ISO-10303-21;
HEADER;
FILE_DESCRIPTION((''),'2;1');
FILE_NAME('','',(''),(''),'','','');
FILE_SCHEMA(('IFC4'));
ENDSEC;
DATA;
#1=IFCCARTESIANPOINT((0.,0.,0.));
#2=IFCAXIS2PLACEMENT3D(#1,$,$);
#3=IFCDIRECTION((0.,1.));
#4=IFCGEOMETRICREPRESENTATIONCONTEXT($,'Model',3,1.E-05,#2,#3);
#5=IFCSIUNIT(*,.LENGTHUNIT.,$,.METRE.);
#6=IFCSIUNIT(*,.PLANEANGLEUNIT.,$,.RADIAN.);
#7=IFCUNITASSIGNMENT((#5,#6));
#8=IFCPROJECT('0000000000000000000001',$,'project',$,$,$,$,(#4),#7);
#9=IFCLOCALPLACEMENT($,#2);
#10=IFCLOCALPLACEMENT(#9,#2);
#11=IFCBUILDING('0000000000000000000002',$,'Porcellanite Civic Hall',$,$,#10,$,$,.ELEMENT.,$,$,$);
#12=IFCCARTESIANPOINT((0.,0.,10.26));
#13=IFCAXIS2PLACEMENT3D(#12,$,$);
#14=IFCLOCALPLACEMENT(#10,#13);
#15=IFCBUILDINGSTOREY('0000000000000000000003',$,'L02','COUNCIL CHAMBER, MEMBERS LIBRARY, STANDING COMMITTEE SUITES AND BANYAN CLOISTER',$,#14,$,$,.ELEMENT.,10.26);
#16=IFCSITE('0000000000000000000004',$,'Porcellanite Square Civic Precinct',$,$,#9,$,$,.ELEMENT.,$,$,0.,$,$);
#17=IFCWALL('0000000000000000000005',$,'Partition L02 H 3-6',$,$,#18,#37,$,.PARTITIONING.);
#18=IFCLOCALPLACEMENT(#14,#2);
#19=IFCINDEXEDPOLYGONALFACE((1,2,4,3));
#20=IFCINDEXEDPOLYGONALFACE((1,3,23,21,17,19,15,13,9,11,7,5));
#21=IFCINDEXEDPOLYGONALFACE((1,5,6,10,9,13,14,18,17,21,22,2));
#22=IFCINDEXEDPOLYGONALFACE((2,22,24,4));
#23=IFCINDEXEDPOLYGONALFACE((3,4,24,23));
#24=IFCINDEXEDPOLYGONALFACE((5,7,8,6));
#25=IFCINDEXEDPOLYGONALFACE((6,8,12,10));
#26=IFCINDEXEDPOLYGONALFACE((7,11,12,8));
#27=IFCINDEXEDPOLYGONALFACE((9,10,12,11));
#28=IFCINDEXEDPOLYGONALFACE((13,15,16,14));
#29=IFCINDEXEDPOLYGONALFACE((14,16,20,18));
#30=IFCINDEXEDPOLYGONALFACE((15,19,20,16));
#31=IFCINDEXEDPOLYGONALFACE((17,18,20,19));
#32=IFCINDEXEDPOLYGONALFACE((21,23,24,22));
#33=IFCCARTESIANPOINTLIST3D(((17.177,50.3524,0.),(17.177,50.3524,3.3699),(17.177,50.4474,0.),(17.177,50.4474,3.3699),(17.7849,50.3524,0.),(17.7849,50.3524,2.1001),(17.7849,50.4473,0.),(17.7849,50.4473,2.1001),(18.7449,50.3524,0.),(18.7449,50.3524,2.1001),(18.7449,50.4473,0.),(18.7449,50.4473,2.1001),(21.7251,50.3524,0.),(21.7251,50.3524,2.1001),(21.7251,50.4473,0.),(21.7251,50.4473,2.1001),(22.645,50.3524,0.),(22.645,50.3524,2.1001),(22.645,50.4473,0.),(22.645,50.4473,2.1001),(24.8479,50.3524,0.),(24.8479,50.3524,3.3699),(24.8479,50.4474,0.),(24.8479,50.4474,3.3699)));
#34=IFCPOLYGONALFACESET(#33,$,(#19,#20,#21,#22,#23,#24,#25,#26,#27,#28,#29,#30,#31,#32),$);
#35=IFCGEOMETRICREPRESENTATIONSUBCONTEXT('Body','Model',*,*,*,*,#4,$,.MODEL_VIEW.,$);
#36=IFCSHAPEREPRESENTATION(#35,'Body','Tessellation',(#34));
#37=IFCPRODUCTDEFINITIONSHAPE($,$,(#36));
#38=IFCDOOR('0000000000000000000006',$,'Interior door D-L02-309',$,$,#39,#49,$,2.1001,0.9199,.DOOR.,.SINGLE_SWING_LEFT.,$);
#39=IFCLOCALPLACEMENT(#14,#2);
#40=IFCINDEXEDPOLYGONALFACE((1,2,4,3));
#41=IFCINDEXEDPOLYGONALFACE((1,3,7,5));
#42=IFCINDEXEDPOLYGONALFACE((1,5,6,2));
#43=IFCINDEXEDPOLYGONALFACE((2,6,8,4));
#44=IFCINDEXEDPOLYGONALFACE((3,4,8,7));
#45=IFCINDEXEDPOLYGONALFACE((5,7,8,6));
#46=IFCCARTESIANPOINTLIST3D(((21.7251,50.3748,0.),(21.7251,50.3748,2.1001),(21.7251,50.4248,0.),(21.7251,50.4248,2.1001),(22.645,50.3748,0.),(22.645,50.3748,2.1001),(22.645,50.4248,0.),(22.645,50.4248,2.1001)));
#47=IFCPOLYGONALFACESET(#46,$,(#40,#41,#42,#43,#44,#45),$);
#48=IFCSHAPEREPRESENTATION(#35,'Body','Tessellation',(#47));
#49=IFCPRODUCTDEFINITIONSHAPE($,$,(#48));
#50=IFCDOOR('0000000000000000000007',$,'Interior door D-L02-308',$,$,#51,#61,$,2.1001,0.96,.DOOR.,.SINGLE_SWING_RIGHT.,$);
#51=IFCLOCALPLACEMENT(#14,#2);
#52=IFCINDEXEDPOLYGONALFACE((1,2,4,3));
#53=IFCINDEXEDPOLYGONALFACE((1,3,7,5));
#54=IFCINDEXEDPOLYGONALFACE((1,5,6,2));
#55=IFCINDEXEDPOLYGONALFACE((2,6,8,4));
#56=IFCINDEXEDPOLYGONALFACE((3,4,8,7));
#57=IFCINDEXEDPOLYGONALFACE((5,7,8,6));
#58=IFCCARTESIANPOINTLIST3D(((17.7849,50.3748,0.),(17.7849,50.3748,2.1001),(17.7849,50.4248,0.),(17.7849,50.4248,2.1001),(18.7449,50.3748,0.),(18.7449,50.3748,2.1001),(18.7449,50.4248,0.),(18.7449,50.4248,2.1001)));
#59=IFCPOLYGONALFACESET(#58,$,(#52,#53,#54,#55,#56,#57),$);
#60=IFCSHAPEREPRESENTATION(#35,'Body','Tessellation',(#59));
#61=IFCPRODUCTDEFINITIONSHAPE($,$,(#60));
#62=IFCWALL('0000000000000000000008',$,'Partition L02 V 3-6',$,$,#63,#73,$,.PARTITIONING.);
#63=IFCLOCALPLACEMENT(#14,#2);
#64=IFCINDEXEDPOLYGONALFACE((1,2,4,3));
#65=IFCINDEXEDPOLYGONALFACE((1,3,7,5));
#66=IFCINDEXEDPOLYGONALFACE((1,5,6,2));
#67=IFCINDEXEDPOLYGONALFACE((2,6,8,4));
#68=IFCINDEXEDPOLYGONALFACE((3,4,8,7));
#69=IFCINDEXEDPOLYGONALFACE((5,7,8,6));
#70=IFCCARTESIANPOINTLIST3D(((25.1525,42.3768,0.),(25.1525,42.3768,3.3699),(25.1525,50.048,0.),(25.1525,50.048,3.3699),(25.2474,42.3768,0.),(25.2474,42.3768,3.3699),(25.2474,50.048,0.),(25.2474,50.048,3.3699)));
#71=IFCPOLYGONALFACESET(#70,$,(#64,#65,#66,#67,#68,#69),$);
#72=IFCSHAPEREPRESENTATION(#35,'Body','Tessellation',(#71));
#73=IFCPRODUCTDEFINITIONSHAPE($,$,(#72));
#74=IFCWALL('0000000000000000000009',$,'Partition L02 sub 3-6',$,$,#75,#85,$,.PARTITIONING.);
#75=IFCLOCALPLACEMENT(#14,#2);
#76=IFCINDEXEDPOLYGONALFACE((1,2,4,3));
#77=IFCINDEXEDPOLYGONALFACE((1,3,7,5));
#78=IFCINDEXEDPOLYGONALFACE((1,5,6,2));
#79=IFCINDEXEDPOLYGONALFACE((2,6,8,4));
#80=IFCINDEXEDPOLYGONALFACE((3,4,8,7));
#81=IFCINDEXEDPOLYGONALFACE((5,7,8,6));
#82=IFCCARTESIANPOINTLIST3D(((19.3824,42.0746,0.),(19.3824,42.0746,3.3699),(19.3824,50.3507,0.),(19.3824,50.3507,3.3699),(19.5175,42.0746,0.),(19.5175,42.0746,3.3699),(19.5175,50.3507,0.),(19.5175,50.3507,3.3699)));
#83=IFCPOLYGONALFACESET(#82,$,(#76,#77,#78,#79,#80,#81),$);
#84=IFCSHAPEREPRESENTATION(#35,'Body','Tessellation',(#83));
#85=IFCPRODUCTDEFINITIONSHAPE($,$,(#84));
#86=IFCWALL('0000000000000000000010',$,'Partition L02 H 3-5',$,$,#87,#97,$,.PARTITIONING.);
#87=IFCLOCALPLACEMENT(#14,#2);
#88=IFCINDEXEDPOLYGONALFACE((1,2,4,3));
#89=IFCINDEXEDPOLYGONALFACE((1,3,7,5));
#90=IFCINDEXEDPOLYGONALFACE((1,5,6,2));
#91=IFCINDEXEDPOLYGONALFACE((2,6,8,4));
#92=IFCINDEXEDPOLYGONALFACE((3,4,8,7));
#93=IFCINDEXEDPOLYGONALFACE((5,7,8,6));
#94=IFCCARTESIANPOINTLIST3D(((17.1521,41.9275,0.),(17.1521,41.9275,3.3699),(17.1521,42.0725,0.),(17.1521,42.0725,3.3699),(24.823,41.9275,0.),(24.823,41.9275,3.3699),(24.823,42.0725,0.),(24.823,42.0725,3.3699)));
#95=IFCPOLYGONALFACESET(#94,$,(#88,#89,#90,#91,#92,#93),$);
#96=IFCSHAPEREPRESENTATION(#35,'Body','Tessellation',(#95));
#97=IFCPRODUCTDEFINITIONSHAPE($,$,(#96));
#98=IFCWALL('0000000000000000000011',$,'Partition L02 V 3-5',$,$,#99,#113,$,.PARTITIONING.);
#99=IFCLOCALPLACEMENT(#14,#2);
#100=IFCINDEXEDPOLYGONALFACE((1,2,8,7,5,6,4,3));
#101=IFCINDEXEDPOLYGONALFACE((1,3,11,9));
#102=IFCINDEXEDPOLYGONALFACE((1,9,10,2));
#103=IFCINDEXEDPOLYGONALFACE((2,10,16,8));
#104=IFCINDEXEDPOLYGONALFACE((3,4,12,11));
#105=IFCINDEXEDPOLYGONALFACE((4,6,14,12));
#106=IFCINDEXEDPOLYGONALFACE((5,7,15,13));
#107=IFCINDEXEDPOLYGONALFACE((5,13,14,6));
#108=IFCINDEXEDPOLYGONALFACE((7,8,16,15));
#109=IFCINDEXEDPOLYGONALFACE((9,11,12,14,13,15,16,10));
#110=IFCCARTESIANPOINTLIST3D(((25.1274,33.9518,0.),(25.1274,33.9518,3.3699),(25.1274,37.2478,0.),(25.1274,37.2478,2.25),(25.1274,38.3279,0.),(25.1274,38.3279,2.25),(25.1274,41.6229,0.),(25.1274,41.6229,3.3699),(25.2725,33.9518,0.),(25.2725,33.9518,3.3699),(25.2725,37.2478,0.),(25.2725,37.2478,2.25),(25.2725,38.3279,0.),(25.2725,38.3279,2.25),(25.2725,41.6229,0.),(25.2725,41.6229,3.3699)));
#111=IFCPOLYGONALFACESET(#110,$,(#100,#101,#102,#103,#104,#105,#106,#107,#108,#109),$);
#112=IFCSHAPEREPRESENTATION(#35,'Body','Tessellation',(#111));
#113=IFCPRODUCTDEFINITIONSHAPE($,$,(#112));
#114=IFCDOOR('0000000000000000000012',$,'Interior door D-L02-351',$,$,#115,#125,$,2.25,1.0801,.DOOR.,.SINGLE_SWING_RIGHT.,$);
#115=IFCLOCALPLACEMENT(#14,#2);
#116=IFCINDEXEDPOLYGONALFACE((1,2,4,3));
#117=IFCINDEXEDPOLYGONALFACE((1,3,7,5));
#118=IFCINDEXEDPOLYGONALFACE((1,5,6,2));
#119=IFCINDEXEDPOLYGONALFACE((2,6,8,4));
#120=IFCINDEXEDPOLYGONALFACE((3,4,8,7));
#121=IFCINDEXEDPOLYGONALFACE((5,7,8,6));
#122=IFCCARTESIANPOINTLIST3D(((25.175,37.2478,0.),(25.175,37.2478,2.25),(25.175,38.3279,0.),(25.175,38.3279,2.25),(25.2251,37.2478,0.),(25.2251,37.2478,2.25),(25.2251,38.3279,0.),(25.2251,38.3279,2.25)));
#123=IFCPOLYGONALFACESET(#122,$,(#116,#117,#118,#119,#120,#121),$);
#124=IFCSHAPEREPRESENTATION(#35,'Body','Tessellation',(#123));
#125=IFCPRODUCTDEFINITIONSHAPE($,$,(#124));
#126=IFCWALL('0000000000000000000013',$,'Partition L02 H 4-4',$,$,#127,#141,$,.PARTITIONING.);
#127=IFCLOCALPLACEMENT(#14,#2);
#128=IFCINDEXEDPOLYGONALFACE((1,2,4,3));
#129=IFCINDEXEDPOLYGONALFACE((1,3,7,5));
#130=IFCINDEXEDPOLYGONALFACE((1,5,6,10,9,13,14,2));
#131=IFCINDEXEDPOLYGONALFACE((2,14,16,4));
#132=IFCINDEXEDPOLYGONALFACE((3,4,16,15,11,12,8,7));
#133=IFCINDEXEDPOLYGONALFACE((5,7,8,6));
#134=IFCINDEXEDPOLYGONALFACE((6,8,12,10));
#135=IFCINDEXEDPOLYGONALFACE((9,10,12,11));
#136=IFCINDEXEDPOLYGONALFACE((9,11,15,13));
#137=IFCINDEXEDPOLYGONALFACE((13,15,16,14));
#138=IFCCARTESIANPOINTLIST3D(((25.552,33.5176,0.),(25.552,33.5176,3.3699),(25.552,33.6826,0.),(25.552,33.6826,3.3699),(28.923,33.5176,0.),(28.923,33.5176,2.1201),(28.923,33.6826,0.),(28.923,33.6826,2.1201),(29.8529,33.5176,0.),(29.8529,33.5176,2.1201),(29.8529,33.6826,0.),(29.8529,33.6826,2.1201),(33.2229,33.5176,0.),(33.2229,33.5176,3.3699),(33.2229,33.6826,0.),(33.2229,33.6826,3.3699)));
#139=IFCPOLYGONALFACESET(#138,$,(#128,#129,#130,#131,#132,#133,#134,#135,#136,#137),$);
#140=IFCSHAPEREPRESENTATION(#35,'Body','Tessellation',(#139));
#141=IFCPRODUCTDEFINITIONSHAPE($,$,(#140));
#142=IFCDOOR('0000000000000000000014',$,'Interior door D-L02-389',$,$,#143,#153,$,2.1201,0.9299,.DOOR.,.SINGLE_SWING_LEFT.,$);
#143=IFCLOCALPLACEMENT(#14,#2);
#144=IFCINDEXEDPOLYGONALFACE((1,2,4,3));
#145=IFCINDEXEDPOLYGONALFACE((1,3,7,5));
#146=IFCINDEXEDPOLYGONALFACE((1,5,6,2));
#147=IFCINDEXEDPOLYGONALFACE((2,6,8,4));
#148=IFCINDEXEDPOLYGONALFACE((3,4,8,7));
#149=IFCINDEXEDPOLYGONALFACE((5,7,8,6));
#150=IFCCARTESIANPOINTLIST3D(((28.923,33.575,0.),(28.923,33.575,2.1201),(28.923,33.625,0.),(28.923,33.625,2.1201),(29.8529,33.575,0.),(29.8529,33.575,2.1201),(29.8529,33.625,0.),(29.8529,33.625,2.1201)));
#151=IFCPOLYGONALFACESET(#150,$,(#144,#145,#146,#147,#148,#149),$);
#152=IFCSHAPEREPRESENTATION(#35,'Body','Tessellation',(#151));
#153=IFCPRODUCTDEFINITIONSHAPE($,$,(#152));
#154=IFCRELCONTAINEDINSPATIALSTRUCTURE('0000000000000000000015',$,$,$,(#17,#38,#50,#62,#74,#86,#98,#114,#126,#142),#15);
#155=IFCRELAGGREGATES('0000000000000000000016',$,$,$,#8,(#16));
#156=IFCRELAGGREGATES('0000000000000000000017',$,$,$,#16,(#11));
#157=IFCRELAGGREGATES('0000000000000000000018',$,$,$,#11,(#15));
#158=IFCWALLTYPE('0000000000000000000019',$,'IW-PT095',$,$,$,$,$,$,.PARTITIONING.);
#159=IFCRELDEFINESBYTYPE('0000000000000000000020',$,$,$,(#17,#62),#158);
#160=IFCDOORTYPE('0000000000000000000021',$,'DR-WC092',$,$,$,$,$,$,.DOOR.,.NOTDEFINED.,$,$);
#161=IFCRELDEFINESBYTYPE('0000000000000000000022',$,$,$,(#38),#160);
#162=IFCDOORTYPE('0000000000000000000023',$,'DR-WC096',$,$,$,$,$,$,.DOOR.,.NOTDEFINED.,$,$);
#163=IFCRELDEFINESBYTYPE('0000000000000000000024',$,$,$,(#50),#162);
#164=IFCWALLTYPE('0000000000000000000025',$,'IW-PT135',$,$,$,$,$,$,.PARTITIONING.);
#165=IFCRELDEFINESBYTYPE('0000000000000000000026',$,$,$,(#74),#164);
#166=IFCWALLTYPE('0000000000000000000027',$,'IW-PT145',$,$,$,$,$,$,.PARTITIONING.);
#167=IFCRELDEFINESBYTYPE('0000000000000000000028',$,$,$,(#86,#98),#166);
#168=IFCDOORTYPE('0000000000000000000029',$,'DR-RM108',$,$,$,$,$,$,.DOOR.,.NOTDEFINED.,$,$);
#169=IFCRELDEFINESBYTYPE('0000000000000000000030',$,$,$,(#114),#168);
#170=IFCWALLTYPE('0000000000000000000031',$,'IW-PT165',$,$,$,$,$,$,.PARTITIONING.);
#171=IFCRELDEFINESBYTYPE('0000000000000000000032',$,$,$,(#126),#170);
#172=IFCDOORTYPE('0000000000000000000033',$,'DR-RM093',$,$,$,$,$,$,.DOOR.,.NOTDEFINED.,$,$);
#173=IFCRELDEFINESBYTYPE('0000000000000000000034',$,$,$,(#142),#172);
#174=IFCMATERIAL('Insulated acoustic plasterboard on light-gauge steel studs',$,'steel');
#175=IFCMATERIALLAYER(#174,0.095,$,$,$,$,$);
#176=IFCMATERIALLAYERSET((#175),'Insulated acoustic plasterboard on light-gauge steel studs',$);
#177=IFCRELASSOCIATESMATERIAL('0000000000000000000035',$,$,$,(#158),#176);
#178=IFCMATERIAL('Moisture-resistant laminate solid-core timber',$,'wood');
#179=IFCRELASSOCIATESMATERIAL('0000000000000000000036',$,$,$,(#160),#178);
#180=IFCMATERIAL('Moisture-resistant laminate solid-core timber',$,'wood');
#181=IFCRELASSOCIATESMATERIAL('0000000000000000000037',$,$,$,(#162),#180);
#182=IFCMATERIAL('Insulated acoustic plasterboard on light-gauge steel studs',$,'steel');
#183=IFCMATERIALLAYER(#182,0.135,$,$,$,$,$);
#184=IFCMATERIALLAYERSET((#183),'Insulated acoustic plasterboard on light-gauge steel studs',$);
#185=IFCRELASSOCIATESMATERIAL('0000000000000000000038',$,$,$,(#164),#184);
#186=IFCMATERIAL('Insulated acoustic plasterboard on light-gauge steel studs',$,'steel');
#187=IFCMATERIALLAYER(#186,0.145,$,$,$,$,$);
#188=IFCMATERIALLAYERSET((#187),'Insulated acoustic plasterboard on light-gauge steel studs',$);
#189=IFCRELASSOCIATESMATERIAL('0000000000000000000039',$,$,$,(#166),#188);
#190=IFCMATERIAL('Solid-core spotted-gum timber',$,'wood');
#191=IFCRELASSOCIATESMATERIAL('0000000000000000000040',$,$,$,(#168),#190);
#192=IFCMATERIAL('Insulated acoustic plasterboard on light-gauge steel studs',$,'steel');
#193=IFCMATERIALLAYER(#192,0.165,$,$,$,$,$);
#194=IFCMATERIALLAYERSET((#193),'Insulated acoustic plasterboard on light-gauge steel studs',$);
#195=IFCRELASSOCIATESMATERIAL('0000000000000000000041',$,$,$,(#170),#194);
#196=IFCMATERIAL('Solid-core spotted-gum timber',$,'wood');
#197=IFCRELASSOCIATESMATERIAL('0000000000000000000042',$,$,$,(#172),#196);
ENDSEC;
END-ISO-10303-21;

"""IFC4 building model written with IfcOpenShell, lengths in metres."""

from ifc_helpers import new_model, si_unit, direction, frame, frame_2d, origin, place, context, subcontext, project, spatial, rectangle, extrude, material, layer, layer_set, type_object, element, fill, save


model = new_model("IFC4")

# Units and contexts
model_context = context("Model", 3, precision=1e-05, world=origin(), true_north=direction((0.0, 1.0)))
body_context = subcontext(model_context, "Body", "Model", "MODEL_VIEW")
ifc_project = project(units=[si_unit("LENGTHUNIT", "METRE"), si_unit("PLANEANGLEUNIT", "RADIAN")], contexts=[model_context])

# Site, building, storey
site_placement = place(None, origin())
site = spatial("IfcSite", under=ifc_project, at=site_placement, Name="Porcellanite Square Civic Precinct", CompositionType="ELEMENT", RefElevation=0.0)
building_placement = place(site_placement, origin())
building = spatial("IfcBuilding", under=site, at=building_placement, Name="Porcellanite Civic Hall", CompositionType="ELEMENT")
storey_placement = place(building_placement, frame((0.0, 0.0, 10.26)))
storey = spatial("IfcBuildingStorey", under=building, at=storey_placement, Name="L02", Description="COUNCIL CHAMBER, MEMBERS LIBRARY, STANDING COMMITTEE SUITES AND BANYAN CLOISTER", CompositionType="ELEMENT", Elevation=10.26)

# Wall, openings, doors
ifc_material_1 = material(Name="Insulated acoustic plasterboard on light-gauge steel studs", Category="steel")
ifc_layer_1 = layer(ifc_material_1, 0.095)
ifc_layer_set_1 = layer_set([ifc_layer_1], Name="Insulated acoustic plasterboard on light-gauge steel studs")
wall_type_1 = type_object("IfcWallType", Name="IW-PT095", PredefinedType="PARTITIONING", material=ifc_layer_set_1)
wall_1_placement = place(storey_placement, frame((17.177, 50.3999, 0.0), z_axis=(0.0, 0.0, 1.0), x_axis=(1.0, 0.0, 0.0)))
wall_1 = element("IfcWall", 1, at=wall_1_placement, inside=storey, type_object=wall_type_1, Name="Partition L02 H 3-6", PredefinedType="PARTITIONING", context=body_context, shape_type="SweptSolid", body=[
    extrude(rectangle(XDim=7.6709, YDim=0.095, at=frame_2d((3.8354, 0.0))), origin(), (0.0, 0.0, 1.0), 3.3699),
])
opening_1_placement = place(wall_1_placement, frame((0.6079, 0.0, 0.0)))
opening_1 = element("IfcOpeningElement", 2, at=opening_1_placement, cuts=wall_1, PredefinedType="OPENING", context=body_context, shape_type="SweptSolid", body=[
    extrude(rectangle(XDim=0.96, YDim=2.1001, at=frame_2d((0.48, 1.05))), frame((0.0, 0.0474, 0.0), z_axis=(0.0, -1.0, 0.0), x_axis=(1.0, 0.0, 0.0)), (0.0, 0.0, 1.0), 0.095),
])
opening_2_placement = place(wall_1_placement, frame((4.5481, 0.0, 0.0)))
opening_2 = element("IfcOpeningElement", 3, at=opening_2_placement, cuts=wall_1, PredefinedType="OPENING", context=body_context, shape_type="SweptSolid", body=[
    extrude(rectangle(XDim=0.9199, YDim=2.1001, at=frame_2d((0.46, 1.05))), frame((0.0, 0.0474, 0.0), z_axis=(0.0, -1.0, 0.0), x_axis=(1.0, 0.0, 0.0)), (0.0, 0.0, 1.0), 0.095),
])
ifc_material_2 = material(Name="Moisture-resistant laminate solid-core timber", Category="wood")
door_type_1 = type_object("IfcDoorType", Name="DR-WC092", OperationType="NOTDEFINED", PredefinedType="DOOR", material=ifc_material_2)
door_1_placement = place(opening_2_placement, origin())
door_1 = element("IfcDoor", 4, at=door_1_placement, inside=storey, type_object=door_type_1, Name="Interior door D-L02-309", OperationType="SINGLE_SWING_LEFT", OverallHeight=2.1001, OverallWidth=0.9199, PredefinedType="DOOR", context=body_context, shape_type="SweptSolid", body=[
    extrude(rectangle(XDim=0.9199, YDim=2.1001, at=frame_2d((0.46, 1.05))), frame((0.0, 0.0249, 0.0), z_axis=(0.0, -1.0, 0.0), x_axis=(1.0, 0.0, 0.0)), (0.0, 0.0, 1.0), 0.05),
])
fill(opening_2, door_1)
ifc_material_3 = material(Name="Moisture-resistant laminate solid-core timber", Category="wood")
door_type_2 = type_object("IfcDoorType", Name="DR-WC096", OperationType="NOTDEFINED", PredefinedType="DOOR", material=ifc_material_3)
door_2_placement = place(opening_1_placement, origin())
door_2 = element("IfcDoor", 5, at=door_2_placement, inside=storey, type_object=door_type_2, Name="Interior door D-L02-308", OperationType="SINGLE_SWING_RIGHT", OverallHeight=2.1001, OverallWidth=0.96, PredefinedType="DOOR", context=body_context, shape_type="SweptSolid", body=[
    extrude(rectangle(XDim=0.96, YDim=2.1001, at=frame_2d((0.48, 1.05))), frame((0.0, 0.0249, 0.0), z_axis=(0.0, -1.0, 0.0), x_axis=(1.0, 0.0, 0.0)), (0.0, 0.0, 1.0), 0.05),
])
fill(opening_1, door_2)

# Wall
wall_2_placement = place(storey_placement, frame((25.2, 42.377, 0.0), z_axis=(0.0, 0.0, 1.0), x_axis=(0.0, 1.0, 0.0)))
element("IfcWall", 6, at=wall_2_placement, inside=storey, type_object=wall_type_1, Name="Partition L02 V 3-6", PredefinedType="PARTITIONING", context=body_context, shape_type="SweptSolid", body=[
    extrude(rectangle(XDim=7.6711, YDim=0.095, at=frame_2d((3.8354, 0.0))), origin(), (0.0, 0.0, 1.0), 3.3699),
])

# Walls
ifc_material_4 = material(Name="Insulated acoustic plasterboard on light-gauge steel studs", Category="steel")
ifc_layer_2 = layer(ifc_material_4, 0.135)
ifc_layer_set_2 = layer_set([ifc_layer_2], Name="Insulated acoustic plasterboard on light-gauge steel studs")
wall_type_2 = type_object("IfcWallType", Name="IW-PT135", PredefinedType="PARTITIONING", material=ifc_layer_set_2)
wall_3_placement = place(storey_placement, frame((19.45, 42.0745, 0.0), z_axis=(0.0, 0.0, 1.0), x_axis=(0.0, 1.0, 0.0)))
element("IfcWall", 7, at=wall_3_placement, inside=storey, type_object=wall_type_2, Name="Partition L02 sub 3-6", PredefinedType="PARTITIONING", context=body_context, shape_type="SweptSolid", body=[
    extrude(rectangle(XDim=8.2761, YDim=0.135, at=frame_2d((4.1382, 0.0))), origin(), (0.0, 0.0, 1.0), 3.3699),
])
ifc_material_5 = material(Name="Insulated acoustic plasterboard on light-gauge steel studs", Category="steel")
ifc_layer_3 = layer(ifc_material_5, 0.145)
ifc_layer_set_3 = layer_set([ifc_layer_3], Name="Insulated acoustic plasterboard on light-gauge steel studs")
wall_type_3 = type_object("IfcWallType", Name="IW-PT145", PredefinedType="PARTITIONING", material=ifc_layer_set_3)
wall_4_placement = place(storey_placement, frame((17.1521, 42.0, 0.0), z_axis=(0.0, 0.0, 1.0), x_axis=(1.0, 0.0, 0.0)))
element("IfcWall", 8, at=wall_4_placement, inside=storey, type_object=wall_type_3, Name="Partition L02 H 3-5", PredefinedType="PARTITIONING", context=body_context, shape_type="SweptSolid", body=[
    extrude(rectangle(XDim=7.6709, YDim=0.145, at=frame_2d((3.8354, 0.0))), origin(), (0.0, 0.0, 1.0), 3.3699),
])

# Walls, openings, doors
wall_5_placement = place(storey_placement, frame((25.2, 33.9519, 0.0), z_axis=(0.0, 0.0, 1.0), x_axis=(0.0, 1.0, 0.0)))
wall_5 = element("IfcWall", 9, at=wall_5_placement, inside=storey, type_object=wall_type_3, Name="Partition L02 V 3-5", PredefinedType="PARTITIONING", context=body_context, shape_type="SweptSolid", body=[
    extrude(rectangle(XDim=7.6711, YDim=0.145, at=frame_2d((3.8354, 0.0))), origin(), (0.0, 0.0, 1.0), 3.3699),
])
opening_3_placement = place(wall_5_placement, frame((3.2959, 0.0, 0.0)))
opening_3 = element("IfcOpeningElement", 10, at=opening_3_placement, cuts=wall_5, PredefinedType="OPENING", context=body_context, shape_type="SweptSolid", body=[
    extrude(rectangle(XDim=1.0801, YDim=2.25, at=frame_2d((0.54, 1.125))), frame((0.0, 0.0725, 0.0), z_axis=(0.0, -1.0, 0.0), x_axis=(1.0, 0.0, 0.0)), (0.0, 0.0, 1.0), 0.145),
])
ifc_material_6 = material(Name="Solid-core spotted-gum timber", Category="wood")
door_type_3 = type_object("IfcDoorType", Name="DR-RM108", OperationType="NOTDEFINED", PredefinedType="DOOR", material=ifc_material_6)
door_3_placement = place(opening_3_placement, origin())
door_3 = element("IfcDoor", 11, at=door_3_placement, inside=storey, type_object=door_type_3, Name="Interior door D-L02-351", OperationType="SINGLE_SWING_RIGHT", OverallHeight=2.25, OverallWidth=1.0801, PredefinedType="DOOR", context=body_context, shape_type="SweptSolid", body=[
    extrude(rectangle(XDim=1.0801, YDim=2.25, at=frame_2d((0.54, 1.125))), frame((0.0, 0.0249, 0.0), z_axis=(0.0, -1.0, 0.0), x_axis=(1.0, 0.0, 0.0)), (0.0, 0.0, 1.0), 0.05),
])
fill(opening_3, door_3)
ifc_material_7 = material(Name="Insulated acoustic plasterboard on light-gauge steel studs", Category="steel")
ifc_layer_4 = layer(ifc_material_7, 0.165)
ifc_layer_set_4 = layer_set([ifc_layer_4], Name="Insulated acoustic plasterboard on light-gauge steel studs")
wall_type_4 = type_object("IfcWallType", Name="IW-PT165", PredefinedType="PARTITIONING", material=ifc_layer_set_4)
wall_6_placement = place(storey_placement, frame((25.552, 33.6001, 0.0), z_axis=(0.0, 0.0, 1.0), x_axis=(1.0, 0.0, 0.0)))
wall_6 = element("IfcWall", 12, at=wall_6_placement, inside=storey, type_object=wall_type_4, Name="Partition L02 H 4-4", PredefinedType="PARTITIONING", context=body_context, shape_type="SweptSolid", body=[
    extrude(rectangle(XDim=7.6709, YDim=0.165, at=frame_2d((3.8354, 0.0))), origin(), (0.0, 0.0, 1.0), 3.3699),
])
opening_4_placement = place(wall_6_placement, frame((3.3711, 0.0, 0.0)))
opening_4 = element("IfcOpeningElement", 13, at=opening_4_placement, cuts=wall_6, PredefinedType="OPENING", context=body_context, shape_type="SweptSolid", body=[
    extrude(rectangle(XDim=0.9299, YDim=2.1201, at=frame_2d((0.4648, 1.0601))), frame((0.0, 0.0825, 0.0), z_axis=(0.0, -1.0, 0.0), x_axis=(1.0, 0.0, 0.0)), (0.0, 0.0, 1.0), 0.165),
])
ifc_material_8 = material(Name="Solid-core spotted-gum timber", Category="wood")
door_type_4 = type_object("IfcDoorType", Name="DR-RM093", OperationType="NOTDEFINED", PredefinedType="DOOR", material=ifc_material_8)
door_4_placement = place(opening_4_placement, origin())
door_4 = element("IfcDoor", 14, at=door_4_placement, inside=storey, type_object=door_type_4, Name="Interior door D-L02-389", OperationType="SINGLE_SWING_LEFT", OverallHeight=2.1201, OverallWidth=0.9299, PredefinedType="DOOR", context=body_context, shape_type="SweptSolid", body=[
    extrude(rectangle(XDim=0.9299, YDim=2.1201, at=frame_2d((0.4648, 1.0601))), frame((0.0, 0.0249, 0.0), z_axis=(0.0, -1.0, 0.0), x_axis=(1.0, 0.0, 0.0)), (0.0, 0.0, 1.0), 0.05),
])
fill(opening_4, door_4)

save(model, "model.ifc")
